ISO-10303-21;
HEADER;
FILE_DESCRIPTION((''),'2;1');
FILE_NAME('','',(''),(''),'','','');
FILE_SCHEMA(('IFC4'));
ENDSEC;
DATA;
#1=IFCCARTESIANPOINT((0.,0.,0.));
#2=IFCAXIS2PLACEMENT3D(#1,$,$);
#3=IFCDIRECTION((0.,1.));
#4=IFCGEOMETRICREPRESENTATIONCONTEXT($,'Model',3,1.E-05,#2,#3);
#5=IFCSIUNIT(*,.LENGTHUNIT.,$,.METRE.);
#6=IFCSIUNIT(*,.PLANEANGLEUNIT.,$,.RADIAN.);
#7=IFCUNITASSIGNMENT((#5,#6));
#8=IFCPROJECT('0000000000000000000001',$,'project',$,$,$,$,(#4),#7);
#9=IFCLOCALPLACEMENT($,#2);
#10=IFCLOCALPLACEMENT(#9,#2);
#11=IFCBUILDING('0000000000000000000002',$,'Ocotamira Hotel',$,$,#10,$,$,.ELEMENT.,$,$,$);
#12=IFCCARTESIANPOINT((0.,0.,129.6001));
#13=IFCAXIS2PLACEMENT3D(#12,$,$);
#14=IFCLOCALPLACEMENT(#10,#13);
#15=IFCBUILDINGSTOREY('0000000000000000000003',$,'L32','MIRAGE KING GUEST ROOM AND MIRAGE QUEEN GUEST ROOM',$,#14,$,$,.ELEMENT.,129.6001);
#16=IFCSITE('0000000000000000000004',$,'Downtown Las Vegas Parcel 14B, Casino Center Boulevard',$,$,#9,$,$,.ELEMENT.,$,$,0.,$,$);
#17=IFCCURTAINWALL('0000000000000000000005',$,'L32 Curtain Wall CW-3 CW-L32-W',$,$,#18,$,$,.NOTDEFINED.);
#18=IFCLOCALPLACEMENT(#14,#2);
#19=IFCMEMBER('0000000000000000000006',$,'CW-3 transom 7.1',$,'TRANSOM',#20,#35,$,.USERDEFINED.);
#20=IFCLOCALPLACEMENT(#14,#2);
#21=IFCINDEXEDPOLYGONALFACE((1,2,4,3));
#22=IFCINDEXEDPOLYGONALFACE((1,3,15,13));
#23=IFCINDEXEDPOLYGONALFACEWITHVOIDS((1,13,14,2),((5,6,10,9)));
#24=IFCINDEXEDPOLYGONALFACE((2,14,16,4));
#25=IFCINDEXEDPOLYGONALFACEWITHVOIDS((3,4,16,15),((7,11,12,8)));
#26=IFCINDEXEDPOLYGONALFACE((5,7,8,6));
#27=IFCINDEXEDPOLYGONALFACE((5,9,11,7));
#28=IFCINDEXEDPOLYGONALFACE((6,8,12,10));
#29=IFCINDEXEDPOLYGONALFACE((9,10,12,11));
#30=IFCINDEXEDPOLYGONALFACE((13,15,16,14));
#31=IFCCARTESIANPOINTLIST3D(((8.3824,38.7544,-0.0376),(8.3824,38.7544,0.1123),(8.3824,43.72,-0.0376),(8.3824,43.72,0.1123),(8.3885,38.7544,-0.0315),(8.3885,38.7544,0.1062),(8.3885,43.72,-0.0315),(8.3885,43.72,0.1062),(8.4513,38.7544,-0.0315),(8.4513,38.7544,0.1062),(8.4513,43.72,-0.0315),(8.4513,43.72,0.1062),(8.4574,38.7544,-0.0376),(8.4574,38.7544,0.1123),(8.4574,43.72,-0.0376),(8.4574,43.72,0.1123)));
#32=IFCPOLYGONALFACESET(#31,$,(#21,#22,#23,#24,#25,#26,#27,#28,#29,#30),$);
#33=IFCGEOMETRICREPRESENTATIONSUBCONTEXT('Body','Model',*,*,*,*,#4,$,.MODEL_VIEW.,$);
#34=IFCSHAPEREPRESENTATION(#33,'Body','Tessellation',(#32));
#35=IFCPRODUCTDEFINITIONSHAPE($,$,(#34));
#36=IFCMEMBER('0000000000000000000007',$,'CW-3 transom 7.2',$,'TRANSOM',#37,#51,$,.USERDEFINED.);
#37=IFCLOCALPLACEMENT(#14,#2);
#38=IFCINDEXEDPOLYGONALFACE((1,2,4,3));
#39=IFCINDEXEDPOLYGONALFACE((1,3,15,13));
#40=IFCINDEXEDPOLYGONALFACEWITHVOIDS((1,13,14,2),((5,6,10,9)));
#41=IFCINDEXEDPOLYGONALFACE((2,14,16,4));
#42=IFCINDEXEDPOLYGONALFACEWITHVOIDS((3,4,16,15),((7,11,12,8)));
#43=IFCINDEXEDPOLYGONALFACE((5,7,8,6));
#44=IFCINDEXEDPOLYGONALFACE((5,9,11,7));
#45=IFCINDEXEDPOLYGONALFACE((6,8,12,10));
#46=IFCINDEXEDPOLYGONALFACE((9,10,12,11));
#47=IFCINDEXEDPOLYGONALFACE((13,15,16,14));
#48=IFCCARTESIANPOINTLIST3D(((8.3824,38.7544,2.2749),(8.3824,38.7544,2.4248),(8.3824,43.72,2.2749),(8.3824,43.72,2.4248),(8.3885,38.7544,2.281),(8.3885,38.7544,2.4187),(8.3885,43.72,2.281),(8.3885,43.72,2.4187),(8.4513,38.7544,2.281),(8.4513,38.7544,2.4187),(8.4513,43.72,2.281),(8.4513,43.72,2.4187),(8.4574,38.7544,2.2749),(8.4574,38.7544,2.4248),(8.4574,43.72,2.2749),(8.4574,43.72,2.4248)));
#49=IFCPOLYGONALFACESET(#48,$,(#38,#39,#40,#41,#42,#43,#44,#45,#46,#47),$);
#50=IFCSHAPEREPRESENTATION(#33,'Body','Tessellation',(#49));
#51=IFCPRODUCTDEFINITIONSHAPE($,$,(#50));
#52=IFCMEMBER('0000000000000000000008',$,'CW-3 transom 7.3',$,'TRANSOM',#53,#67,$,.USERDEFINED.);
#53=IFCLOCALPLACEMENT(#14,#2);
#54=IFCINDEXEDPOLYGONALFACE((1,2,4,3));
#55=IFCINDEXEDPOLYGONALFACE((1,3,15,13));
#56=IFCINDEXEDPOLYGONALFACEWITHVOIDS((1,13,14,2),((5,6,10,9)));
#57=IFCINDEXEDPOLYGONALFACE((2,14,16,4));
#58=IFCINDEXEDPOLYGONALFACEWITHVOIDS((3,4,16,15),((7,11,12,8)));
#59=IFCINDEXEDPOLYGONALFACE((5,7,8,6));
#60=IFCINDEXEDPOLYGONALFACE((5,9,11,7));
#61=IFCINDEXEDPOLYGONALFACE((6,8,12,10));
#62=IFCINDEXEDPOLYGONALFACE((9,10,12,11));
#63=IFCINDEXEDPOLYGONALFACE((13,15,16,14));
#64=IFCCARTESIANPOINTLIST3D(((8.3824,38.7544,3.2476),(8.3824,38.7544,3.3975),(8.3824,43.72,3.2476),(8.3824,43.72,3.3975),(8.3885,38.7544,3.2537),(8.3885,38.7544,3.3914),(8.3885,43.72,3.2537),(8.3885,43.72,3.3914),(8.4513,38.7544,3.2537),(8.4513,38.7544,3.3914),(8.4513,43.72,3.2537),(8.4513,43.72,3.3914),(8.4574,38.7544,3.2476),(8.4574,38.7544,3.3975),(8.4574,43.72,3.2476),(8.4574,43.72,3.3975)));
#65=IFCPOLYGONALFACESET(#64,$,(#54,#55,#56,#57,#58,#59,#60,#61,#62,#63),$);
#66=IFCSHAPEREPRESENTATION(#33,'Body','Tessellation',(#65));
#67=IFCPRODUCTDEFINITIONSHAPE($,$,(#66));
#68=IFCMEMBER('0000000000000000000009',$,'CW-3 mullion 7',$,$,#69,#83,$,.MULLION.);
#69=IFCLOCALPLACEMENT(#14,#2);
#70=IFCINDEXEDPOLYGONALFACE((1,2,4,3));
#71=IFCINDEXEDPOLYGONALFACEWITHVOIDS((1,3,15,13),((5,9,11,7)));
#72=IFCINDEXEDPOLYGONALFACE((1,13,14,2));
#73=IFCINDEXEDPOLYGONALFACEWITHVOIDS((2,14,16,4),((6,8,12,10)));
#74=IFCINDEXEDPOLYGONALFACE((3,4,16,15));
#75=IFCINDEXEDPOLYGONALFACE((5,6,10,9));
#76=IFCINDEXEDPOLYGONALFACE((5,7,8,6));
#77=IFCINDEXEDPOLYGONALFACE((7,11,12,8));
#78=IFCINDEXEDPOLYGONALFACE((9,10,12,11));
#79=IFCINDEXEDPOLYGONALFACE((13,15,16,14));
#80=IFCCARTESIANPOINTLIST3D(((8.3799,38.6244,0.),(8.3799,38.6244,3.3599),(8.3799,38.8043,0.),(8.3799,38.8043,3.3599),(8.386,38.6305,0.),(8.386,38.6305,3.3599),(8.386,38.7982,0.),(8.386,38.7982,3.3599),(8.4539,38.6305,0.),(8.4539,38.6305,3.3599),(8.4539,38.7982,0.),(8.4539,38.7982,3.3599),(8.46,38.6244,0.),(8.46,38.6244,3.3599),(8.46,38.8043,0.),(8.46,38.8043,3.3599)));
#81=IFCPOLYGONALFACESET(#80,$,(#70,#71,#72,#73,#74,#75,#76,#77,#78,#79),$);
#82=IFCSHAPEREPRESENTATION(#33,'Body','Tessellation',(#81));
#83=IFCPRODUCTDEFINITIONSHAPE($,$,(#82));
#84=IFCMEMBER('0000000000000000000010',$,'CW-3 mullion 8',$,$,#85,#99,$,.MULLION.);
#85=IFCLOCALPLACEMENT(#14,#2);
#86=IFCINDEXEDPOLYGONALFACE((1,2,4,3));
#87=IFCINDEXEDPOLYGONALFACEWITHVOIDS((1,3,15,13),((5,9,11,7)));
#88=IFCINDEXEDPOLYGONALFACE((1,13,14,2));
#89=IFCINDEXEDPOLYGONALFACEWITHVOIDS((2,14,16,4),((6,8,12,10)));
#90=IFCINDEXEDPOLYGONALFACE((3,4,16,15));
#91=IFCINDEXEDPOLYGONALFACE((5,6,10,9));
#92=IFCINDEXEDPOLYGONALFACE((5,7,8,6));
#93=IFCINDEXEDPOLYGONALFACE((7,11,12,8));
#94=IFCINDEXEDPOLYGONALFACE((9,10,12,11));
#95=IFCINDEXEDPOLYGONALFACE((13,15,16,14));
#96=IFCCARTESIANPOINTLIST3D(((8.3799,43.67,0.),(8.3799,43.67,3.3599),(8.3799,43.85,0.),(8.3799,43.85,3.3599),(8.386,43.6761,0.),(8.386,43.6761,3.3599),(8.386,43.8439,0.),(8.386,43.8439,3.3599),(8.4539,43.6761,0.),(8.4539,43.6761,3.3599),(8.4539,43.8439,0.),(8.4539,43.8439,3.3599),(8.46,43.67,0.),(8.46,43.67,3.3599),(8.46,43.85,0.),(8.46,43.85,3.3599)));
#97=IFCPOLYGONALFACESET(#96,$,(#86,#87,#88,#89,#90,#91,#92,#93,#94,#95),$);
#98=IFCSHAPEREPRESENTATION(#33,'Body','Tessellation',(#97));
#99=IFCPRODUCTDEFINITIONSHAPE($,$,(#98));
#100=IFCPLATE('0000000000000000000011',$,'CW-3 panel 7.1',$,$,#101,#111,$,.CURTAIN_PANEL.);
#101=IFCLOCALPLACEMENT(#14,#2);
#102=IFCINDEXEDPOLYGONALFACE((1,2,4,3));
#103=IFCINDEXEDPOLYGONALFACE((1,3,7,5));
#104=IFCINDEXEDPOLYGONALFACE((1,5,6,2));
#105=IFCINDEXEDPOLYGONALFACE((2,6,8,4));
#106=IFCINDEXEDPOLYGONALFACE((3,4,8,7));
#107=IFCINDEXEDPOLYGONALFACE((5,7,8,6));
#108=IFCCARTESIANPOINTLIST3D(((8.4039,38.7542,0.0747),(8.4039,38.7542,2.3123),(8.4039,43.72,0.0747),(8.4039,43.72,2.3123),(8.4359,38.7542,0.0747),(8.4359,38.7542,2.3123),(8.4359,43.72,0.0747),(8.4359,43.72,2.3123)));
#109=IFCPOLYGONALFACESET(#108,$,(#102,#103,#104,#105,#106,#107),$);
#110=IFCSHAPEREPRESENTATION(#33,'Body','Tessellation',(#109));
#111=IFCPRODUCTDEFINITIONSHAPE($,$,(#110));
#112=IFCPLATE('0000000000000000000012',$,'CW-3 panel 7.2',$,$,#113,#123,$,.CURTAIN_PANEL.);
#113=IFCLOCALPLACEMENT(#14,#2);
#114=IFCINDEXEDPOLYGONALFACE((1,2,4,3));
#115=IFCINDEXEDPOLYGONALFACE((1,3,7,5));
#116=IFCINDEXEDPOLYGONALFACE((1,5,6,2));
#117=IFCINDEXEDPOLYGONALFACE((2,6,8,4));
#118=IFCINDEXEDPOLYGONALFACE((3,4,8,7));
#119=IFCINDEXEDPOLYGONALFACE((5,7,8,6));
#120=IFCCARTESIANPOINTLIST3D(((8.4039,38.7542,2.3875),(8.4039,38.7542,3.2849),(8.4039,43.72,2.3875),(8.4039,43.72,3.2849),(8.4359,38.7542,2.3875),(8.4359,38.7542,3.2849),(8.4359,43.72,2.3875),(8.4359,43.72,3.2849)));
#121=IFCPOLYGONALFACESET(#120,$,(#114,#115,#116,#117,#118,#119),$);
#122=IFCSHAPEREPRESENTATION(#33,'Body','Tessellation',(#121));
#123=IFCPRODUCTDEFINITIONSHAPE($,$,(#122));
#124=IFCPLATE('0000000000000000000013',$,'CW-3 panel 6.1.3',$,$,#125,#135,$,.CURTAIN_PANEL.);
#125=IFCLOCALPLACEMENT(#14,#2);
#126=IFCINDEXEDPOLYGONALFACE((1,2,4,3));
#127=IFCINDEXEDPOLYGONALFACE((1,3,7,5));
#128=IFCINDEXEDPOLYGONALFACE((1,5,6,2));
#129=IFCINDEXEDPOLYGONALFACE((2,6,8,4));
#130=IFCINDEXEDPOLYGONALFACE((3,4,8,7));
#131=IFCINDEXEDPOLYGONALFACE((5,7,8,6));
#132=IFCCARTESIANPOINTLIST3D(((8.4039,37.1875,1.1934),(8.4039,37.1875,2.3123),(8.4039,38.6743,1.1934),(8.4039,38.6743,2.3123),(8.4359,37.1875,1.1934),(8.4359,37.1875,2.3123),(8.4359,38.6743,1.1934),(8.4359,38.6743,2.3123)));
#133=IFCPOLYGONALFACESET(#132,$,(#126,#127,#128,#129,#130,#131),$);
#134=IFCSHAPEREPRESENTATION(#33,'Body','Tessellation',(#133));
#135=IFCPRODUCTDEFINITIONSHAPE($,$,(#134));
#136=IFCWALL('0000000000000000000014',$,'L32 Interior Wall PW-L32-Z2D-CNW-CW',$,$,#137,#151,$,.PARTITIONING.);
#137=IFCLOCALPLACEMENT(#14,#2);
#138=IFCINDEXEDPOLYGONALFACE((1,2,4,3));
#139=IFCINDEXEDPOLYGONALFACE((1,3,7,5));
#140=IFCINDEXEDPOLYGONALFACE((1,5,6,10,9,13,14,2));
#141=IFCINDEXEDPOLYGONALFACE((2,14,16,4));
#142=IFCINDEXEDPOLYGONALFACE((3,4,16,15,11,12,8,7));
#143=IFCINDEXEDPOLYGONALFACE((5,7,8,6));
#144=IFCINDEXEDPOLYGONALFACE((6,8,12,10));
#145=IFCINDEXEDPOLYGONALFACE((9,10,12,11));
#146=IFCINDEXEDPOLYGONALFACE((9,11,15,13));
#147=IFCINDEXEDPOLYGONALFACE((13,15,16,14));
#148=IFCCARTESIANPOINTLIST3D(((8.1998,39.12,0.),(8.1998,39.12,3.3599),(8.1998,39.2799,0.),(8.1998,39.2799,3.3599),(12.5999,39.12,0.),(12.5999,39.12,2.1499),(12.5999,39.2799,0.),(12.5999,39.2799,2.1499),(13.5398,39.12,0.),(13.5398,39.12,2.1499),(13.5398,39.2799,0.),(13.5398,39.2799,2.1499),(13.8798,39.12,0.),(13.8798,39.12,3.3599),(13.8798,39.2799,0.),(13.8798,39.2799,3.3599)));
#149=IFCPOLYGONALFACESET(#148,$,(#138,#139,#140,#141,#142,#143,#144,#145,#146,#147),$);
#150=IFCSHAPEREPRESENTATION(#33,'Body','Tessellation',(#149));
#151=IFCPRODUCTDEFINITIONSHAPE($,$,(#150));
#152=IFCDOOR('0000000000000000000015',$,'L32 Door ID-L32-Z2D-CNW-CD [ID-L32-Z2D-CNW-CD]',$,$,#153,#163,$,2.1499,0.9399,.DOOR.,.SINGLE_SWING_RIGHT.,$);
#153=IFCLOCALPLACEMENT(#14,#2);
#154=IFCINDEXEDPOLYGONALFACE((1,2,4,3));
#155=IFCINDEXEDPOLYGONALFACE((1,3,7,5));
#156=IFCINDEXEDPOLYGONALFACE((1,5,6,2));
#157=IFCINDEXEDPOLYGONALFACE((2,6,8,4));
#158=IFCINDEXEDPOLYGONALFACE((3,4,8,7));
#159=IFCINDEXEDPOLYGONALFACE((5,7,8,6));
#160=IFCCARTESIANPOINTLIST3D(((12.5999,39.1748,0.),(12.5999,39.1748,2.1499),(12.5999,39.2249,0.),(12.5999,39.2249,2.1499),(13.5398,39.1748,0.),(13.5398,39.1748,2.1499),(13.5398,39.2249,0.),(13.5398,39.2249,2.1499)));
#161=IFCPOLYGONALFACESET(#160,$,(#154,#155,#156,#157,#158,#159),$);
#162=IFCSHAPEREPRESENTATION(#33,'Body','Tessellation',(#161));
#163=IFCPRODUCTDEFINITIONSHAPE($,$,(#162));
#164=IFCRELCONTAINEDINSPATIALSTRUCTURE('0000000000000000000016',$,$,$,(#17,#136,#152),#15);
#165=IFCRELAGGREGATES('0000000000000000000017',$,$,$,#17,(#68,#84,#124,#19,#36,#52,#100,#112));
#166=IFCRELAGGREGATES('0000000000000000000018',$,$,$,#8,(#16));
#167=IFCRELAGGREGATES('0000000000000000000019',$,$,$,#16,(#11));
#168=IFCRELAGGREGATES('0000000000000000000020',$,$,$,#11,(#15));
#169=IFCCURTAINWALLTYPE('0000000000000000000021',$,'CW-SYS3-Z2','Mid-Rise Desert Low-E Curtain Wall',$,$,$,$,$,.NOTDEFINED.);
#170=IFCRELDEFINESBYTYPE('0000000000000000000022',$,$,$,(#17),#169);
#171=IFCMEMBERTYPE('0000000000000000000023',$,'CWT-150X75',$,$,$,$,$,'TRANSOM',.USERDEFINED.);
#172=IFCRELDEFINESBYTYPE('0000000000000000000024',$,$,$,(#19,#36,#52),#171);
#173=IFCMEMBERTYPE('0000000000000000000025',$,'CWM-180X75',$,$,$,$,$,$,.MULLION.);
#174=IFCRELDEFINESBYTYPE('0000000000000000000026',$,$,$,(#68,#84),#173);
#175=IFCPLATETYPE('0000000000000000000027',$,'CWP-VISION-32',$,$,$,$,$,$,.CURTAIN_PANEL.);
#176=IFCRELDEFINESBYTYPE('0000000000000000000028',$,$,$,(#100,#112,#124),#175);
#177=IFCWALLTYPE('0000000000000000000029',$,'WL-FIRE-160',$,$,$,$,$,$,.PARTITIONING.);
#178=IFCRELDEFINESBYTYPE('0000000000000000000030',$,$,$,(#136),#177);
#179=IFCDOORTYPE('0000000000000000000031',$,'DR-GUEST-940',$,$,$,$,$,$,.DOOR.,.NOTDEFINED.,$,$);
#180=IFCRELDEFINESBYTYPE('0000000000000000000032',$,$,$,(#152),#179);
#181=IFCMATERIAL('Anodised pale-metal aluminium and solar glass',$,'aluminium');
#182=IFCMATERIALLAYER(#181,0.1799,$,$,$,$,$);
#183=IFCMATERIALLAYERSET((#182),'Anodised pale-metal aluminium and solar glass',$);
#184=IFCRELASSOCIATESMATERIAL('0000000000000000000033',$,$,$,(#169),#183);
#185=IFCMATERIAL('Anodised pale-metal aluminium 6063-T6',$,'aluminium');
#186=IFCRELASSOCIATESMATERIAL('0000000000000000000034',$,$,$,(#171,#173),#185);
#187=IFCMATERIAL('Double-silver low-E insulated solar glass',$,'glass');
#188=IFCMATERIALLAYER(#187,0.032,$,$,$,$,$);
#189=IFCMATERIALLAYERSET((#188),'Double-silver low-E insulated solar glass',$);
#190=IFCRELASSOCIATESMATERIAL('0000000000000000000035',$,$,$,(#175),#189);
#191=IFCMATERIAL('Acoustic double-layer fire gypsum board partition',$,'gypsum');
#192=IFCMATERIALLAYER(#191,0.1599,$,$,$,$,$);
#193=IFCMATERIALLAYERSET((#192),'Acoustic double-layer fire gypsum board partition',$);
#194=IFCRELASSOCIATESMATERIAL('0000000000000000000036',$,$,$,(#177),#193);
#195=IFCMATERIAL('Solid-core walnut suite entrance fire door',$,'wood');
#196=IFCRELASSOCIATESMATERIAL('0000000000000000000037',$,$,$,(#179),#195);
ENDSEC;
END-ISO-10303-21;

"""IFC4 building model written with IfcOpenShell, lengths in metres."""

from ifc_helpers import new_model, si_unit, direction, frame, frame_2d, origin, origin_2d, place, context, subcontext, project, spatial, rectangle, hollow_rectangle, extrude, source, transform, mapped, material, layer, layer_set, material_profile, profile_set, type_object, element, fill, aggregate, save


model = new_model("IFC4")

# Units and contexts
model_context = context("Model", 3, precision=1e-05, world=origin(), true_north=direction((0.0, 1.0)))
body_context = subcontext(model_context, "Body", "Model", "MODEL_VIEW")
ifc_project = project(units=[si_unit("LENGTHUNIT", "METRE"), si_unit("PLANEANGLEUNIT", "RADIAN")], contexts=[model_context])

# Site, building, storey
site_placement = place(None, origin())
site = spatial("IfcSite", under=ifc_project, at=site_placement, Name="Downtown Las Vegas Parcel 14B, Casino Center Boulevard", CompositionType="ELEMENT", RefElevation=0.0)
building_placement = place(site_placement, origin())
building = spatial("IfcBuilding", under=site, at=building_placement, Name="Ocotamira Hotel", CompositionType="ELEMENT")
storey_placement = place(building_placement, frame((0.0, 0.0, 129.6001)))
storey = spatial("IfcBuildingStorey", under=building, at=storey_placement, Name="L32", Description="MIRAGE KING GUEST ROOM AND MIRAGE QUEEN GUEST ROOM", CompositionType="ELEMENT", Elevation=129.6001)

# Curtain wall, members, plates
ifc_material_1 = material(Name="Anodised pale-metal aluminium and solar glass", Category="aluminium")
ifc_layer_1 = layer(ifc_material_1, 0.1799)
ifc_layer_set_1 = layer_set([ifc_layer_1], Name="Anodised pale-metal aluminium and solar glass")
curtain_wall_type = type_object("IfcCurtainWallType", Name="CW-SYS3-Z2", Description="Mid-Rise Desert Low-E Curtain Wall", PredefinedType="NOTDEFINED", material=ifc_layer_set_1)
curtain_wall_placement = place(storey_placement, origin())
curtain_wall = element("IfcCurtainWall", 1, at=curtain_wall_placement, inside=storey, type_object=curtain_wall_type, Name="L32 Curtain Wall CW-3 CW-L32-W", PredefinedType="NOTDEFINED")
ifc_material_2 = material(Name="Anodised pale-metal aluminium 6063-T6", Category="aluminium")
ifc_material_profile_1 = material_profile(ifc_material_2, hollow_rectangle(XDim=0.075, YDim=0.1499, WallThickness=0.0061, at=origin_2d()), Name="HSS150X75X6")
ifc_profile_set_1 = profile_set([ifc_material_profile_1], Name="Anodised pale-metal aluminium 6063-T6")
member_type_1 = type_object("IfcMemberType", Name="CWT-150X75", ElementType="TRANSOM", PredefinedType="USERDEFINED", material=ifc_profile_set_1)
shared_shape_1 = source(origin(), body_context, "Body", "SweptSolid", [
    extrude(hollow_rectangle(XDim=0.075, YDim=0.1499, WallThickness=0.0061, at=origin_2d()), origin(), (0.0, 0.0, 1.0), 4.9656),
])
member_1_placement = place(storey_placement, frame((8.4199, 38.7544, 0.0374), z_axis=(0.0, 1.0, 0.0), x_axis=(-1.0, 0.0, 0.0)))
member_1 = element("IfcMember", 2, at=member_1_placement, type_object=member_type_1, Name="CW-3 transom 7.1", ObjectType="TRANSOM", PredefinedType="USERDEFINED", context=body_context, shape_type="MappedRepresentation", body=[
    mapped(shared_shape_1, transform((0.0, 0.0, 0.0), scale=1.0)),
])
member_2_placement = place(storey_placement, frame((8.4199, 38.7544, 2.3499), z_axis=(0.0, 1.0, 0.0), x_axis=(-1.0, 0.0, 0.0)))
member_2 = element("IfcMember", 3, at=member_2_placement, type_object=member_type_1, Name="CW-3 transom 7.2", ObjectType="TRANSOM", PredefinedType="USERDEFINED", context=body_context, shape_type="MappedRepresentation", body=[
    mapped(shared_shape_1, transform((0.0, 0.0, 0.0), scale=1.0)),
])
member_3_placement = place(storey_placement, frame((8.4199, 38.7544, 3.3225), z_axis=(0.0, 1.0, 0.0), x_axis=(-1.0, 0.0, 0.0)))
member_3 = element("IfcMember", 4, at=member_3_placement, type_object=member_type_1, Name="CW-3 transom 7.3", ObjectType="TRANSOM", PredefinedType="USERDEFINED", context=body_context, shape_type="MappedRepresentation", body=[
    mapped(shared_shape_1, transform((0.0, 0.0, 0.0), scale=1.0)),
])
ifc_material_profile_2 = material_profile(ifc_material_2, hollow_rectangle(XDim=0.0801, YDim=0.1799, WallThickness=0.0061, at=origin_2d()), Name="HSS180X80X6")
ifc_profile_set_2 = profile_set([ifc_material_profile_2], Name="Anodised pale-metal aluminium 6063-T6")
member_type_2 = type_object("IfcMemberType", Name="CWM-180X75", PredefinedType="MULLION", material=ifc_profile_set_2)
shared_shape_2 = source(origin(), body_context, "Body", "SweptSolid", [
    extrude(hollow_rectangle(XDim=0.0801, YDim=0.1799, WallThickness=0.0061, at=origin_2d()), origin(), (0.0, 0.0, 1.0), 3.3599),
])
member_4_placement = place(storey_placement, frame((8.4199, 38.7144, 0.0), z_axis=(0.0, 0.0, 1.0), x_axis=(-1.0, 0.0, 0.0)))
member_4 = element("IfcMember", 5, at=member_4_placement, type_object=member_type_2, Name="CW-3 mullion 7", PredefinedType="MULLION", context=body_context, shape_type="MappedRepresentation", body=[
    mapped(shared_shape_2, transform((0.0, 0.0, 0.0), scale=1.0)),
])
member_5_placement = place(storey_placement, frame((8.4199, 43.76, 0.0), z_axis=(0.0, 0.0, 1.0), x_axis=(-1.0, 0.0, 0.0)))
member_5 = element("IfcMember", 6, at=member_5_placement, type_object=member_type_2, Name="CW-3 mullion 8", PredefinedType="MULLION", context=body_context, shape_type="MappedRepresentation", body=[
    mapped(shared_shape_2, transform((0.0, 0.0, 0.0), scale=1.0)),
])
ifc_material_3 = material(Name="Double-silver low-E insulated solar glass", Category="glass")
ifc_layer_2 = layer(ifc_material_3, 0.032)
ifc_layer_set_2 = layer_set([ifc_layer_2], Name="Double-silver low-E insulated solar glass")
plate_type = type_object("IfcPlateType", Name="CWP-VISION-32", PredefinedType="CURTAIN_PANEL", material=ifc_layer_set_2)
shared_shape_3 = source(origin(), body_context, "Body", "SweptSolid", [
    extrude(rectangle(XDim=4.9658, YDim=0.032, at=origin_2d()), origin(), (0.0, 0.0, 1.0), 2.2375),
])
plate_1_placement = place(storey_placement, frame((8.4199, 41.2371, 0.0747), z_axis=(0.0, 0.0, 1.0), x_axis=(0.0, 1.0, 0.0)))
plate_1 = element("IfcPlate", 7, at=plate_1_placement, type_object=plate_type, Name="CW-3 panel 7.1", PredefinedType="CURTAIN_PANEL", context=body_context, shape_type="MappedRepresentation", body=[
    mapped(shared_shape_3, transform((0.0, 0.0, 0.0), scale=1.0)),
])
shared_shape_4 = source(origin(), body_context, "Body", "SweptSolid", [
    extrude(rectangle(XDim=4.9658, YDim=0.032, at=origin_2d()), origin(), (0.0, 0.0, 1.0), 0.8975),
])
plate_2_placement = place(storey_placement, frame((8.4199, 41.2371, 2.3875), z_axis=(0.0, 0.0, 1.0), x_axis=(0.0, 1.0, 0.0)))
plate_2 = element("IfcPlate", 8, at=plate_2_placement, type_object=plate_type, Name="CW-3 panel 7.2", PredefinedType="CURTAIN_PANEL", context=body_context, shape_type="MappedRepresentation", body=[
    mapped(shared_shape_4, transform((0.0, 0.0, 0.0), scale=1.0)),
])
shared_shape_5 = source(origin(), body_context, "Body", "SweptSolid", [
    extrude(rectangle(XDim=1.4868, YDim=0.032, at=origin_2d()), origin(), (0.0, 0.0, 1.0), 1.1189),
])
plate_3_placement = place(storey_placement, frame((8.4199, 37.9309, 1.1934), z_axis=(0.0, 0.0, 1.0), x_axis=(0.0, 1.0, 0.0)))
plate_3 = element("IfcPlate", 9, at=plate_3_placement, type_object=plate_type, Name="CW-3 panel 6.1.3", PredefinedType="CURTAIN_PANEL", context=body_context, shape_type="MappedRepresentation", body=[
    mapped(shared_shape_5, transform((0.0, 0.0, 0.0), scale=1.0)),
])
aggregate(curtain_wall, [member_4, member_5, plate_3, member_1, member_2, member_3, plate_1, plate_2])

# Wall, opening, door
ifc_material_4 = material(Name="Acoustic double-layer fire gypsum board partition", Category="gypsum")
ifc_layer_3 = layer(ifc_material_4, 0.1599)
ifc_layer_set_3 = layer_set([ifc_layer_3], Name="Acoustic double-layer fire gypsum board partition")
wall_type_1 = type_object("IfcWallType", Name="WL-FIRE-160", PredefinedType="PARTITIONING", material=ifc_layer_set_3)
wall_1_placement = place(storey_placement, frame((8.2, 39.2, 0.0), z_axis=(0.0, 0.0, 1.0), x_axis=(1.0, 0.0, 0.0)))
wall_1 = element("IfcWall", 10, at=wall_1_placement, inside=storey, type_object=wall_type_1, Name="L32 Interior Wall PW-L32-Z2D-CNW-CW", PredefinedType="PARTITIONING", context=body_context, shape_type="SweptSolid", body=[
    extrude(rectangle(XDim=5.6799, YDim=0.1599, at=frame_2d((2.8398, 0.0))), origin(), (0.0, 0.0, 1.0), 3.3599),
])
opening_1_placement = place(wall_1_placement, frame((4.3999, 0.0, 0.0)))
opening_1 = element("IfcOpeningElement", 11, at=opening_1_placement, cuts=wall_1, PredefinedType="OPENING", context=body_context, shape_type="SweptSolid", body=[
    extrude(rectangle(XDim=0.9399, YDim=2.1499, at=frame_2d((0.47, 1.075))), frame((0.0, 0.0898, 0.0), z_axis=(0.0, -1.0, 0.0), x_axis=(1.0, 0.0, 0.0)), (0.0, 0.0, 1.0), 0.1799),
])
ifc_material_5 = material(Name="Solid-core walnut suite entrance fire door", Category="wood")
door_type_1 = type_object("IfcDoorType", Name="DR-GUEST-940", OperationType="NOTDEFINED", PredefinedType="DOOR", material=ifc_material_5)
shared_shape_6 = source(origin(), body_context, "Body", "SweptSolid", [
    extrude(rectangle(XDim=0.9399, YDim=2.1499, at=frame_2d((0.47, 1.075))), frame((0.0, 0.0249, 0.0), z_axis=(0.0, -1.0, 0.0), x_axis=(1.0, 0.0, 0.0)), (0.0, 0.0, 1.0), 0.05),
])
door_1_placement = place(opening_1_placement, origin())
door_1 = element("IfcDoor", 12, at=door_1_placement, inside=storey, type_object=door_type_1, Name="L32 Door ID-L32-Z2D-CNW-CD [ID-L32-Z2D-CNW-CD]", OperationType="SINGLE_SWING_RIGHT", OverallHeight=2.1499, OverallWidth=0.9399, PredefinedType="DOOR", context=body_context, shape_type="MappedRepresentation", body=[
    mapped(shared_shape_6, transform((0.0, 0.0, 0.0), scale=1.0)),
])
fill(opening_1, door_1)

save(model, "model.ifc")
